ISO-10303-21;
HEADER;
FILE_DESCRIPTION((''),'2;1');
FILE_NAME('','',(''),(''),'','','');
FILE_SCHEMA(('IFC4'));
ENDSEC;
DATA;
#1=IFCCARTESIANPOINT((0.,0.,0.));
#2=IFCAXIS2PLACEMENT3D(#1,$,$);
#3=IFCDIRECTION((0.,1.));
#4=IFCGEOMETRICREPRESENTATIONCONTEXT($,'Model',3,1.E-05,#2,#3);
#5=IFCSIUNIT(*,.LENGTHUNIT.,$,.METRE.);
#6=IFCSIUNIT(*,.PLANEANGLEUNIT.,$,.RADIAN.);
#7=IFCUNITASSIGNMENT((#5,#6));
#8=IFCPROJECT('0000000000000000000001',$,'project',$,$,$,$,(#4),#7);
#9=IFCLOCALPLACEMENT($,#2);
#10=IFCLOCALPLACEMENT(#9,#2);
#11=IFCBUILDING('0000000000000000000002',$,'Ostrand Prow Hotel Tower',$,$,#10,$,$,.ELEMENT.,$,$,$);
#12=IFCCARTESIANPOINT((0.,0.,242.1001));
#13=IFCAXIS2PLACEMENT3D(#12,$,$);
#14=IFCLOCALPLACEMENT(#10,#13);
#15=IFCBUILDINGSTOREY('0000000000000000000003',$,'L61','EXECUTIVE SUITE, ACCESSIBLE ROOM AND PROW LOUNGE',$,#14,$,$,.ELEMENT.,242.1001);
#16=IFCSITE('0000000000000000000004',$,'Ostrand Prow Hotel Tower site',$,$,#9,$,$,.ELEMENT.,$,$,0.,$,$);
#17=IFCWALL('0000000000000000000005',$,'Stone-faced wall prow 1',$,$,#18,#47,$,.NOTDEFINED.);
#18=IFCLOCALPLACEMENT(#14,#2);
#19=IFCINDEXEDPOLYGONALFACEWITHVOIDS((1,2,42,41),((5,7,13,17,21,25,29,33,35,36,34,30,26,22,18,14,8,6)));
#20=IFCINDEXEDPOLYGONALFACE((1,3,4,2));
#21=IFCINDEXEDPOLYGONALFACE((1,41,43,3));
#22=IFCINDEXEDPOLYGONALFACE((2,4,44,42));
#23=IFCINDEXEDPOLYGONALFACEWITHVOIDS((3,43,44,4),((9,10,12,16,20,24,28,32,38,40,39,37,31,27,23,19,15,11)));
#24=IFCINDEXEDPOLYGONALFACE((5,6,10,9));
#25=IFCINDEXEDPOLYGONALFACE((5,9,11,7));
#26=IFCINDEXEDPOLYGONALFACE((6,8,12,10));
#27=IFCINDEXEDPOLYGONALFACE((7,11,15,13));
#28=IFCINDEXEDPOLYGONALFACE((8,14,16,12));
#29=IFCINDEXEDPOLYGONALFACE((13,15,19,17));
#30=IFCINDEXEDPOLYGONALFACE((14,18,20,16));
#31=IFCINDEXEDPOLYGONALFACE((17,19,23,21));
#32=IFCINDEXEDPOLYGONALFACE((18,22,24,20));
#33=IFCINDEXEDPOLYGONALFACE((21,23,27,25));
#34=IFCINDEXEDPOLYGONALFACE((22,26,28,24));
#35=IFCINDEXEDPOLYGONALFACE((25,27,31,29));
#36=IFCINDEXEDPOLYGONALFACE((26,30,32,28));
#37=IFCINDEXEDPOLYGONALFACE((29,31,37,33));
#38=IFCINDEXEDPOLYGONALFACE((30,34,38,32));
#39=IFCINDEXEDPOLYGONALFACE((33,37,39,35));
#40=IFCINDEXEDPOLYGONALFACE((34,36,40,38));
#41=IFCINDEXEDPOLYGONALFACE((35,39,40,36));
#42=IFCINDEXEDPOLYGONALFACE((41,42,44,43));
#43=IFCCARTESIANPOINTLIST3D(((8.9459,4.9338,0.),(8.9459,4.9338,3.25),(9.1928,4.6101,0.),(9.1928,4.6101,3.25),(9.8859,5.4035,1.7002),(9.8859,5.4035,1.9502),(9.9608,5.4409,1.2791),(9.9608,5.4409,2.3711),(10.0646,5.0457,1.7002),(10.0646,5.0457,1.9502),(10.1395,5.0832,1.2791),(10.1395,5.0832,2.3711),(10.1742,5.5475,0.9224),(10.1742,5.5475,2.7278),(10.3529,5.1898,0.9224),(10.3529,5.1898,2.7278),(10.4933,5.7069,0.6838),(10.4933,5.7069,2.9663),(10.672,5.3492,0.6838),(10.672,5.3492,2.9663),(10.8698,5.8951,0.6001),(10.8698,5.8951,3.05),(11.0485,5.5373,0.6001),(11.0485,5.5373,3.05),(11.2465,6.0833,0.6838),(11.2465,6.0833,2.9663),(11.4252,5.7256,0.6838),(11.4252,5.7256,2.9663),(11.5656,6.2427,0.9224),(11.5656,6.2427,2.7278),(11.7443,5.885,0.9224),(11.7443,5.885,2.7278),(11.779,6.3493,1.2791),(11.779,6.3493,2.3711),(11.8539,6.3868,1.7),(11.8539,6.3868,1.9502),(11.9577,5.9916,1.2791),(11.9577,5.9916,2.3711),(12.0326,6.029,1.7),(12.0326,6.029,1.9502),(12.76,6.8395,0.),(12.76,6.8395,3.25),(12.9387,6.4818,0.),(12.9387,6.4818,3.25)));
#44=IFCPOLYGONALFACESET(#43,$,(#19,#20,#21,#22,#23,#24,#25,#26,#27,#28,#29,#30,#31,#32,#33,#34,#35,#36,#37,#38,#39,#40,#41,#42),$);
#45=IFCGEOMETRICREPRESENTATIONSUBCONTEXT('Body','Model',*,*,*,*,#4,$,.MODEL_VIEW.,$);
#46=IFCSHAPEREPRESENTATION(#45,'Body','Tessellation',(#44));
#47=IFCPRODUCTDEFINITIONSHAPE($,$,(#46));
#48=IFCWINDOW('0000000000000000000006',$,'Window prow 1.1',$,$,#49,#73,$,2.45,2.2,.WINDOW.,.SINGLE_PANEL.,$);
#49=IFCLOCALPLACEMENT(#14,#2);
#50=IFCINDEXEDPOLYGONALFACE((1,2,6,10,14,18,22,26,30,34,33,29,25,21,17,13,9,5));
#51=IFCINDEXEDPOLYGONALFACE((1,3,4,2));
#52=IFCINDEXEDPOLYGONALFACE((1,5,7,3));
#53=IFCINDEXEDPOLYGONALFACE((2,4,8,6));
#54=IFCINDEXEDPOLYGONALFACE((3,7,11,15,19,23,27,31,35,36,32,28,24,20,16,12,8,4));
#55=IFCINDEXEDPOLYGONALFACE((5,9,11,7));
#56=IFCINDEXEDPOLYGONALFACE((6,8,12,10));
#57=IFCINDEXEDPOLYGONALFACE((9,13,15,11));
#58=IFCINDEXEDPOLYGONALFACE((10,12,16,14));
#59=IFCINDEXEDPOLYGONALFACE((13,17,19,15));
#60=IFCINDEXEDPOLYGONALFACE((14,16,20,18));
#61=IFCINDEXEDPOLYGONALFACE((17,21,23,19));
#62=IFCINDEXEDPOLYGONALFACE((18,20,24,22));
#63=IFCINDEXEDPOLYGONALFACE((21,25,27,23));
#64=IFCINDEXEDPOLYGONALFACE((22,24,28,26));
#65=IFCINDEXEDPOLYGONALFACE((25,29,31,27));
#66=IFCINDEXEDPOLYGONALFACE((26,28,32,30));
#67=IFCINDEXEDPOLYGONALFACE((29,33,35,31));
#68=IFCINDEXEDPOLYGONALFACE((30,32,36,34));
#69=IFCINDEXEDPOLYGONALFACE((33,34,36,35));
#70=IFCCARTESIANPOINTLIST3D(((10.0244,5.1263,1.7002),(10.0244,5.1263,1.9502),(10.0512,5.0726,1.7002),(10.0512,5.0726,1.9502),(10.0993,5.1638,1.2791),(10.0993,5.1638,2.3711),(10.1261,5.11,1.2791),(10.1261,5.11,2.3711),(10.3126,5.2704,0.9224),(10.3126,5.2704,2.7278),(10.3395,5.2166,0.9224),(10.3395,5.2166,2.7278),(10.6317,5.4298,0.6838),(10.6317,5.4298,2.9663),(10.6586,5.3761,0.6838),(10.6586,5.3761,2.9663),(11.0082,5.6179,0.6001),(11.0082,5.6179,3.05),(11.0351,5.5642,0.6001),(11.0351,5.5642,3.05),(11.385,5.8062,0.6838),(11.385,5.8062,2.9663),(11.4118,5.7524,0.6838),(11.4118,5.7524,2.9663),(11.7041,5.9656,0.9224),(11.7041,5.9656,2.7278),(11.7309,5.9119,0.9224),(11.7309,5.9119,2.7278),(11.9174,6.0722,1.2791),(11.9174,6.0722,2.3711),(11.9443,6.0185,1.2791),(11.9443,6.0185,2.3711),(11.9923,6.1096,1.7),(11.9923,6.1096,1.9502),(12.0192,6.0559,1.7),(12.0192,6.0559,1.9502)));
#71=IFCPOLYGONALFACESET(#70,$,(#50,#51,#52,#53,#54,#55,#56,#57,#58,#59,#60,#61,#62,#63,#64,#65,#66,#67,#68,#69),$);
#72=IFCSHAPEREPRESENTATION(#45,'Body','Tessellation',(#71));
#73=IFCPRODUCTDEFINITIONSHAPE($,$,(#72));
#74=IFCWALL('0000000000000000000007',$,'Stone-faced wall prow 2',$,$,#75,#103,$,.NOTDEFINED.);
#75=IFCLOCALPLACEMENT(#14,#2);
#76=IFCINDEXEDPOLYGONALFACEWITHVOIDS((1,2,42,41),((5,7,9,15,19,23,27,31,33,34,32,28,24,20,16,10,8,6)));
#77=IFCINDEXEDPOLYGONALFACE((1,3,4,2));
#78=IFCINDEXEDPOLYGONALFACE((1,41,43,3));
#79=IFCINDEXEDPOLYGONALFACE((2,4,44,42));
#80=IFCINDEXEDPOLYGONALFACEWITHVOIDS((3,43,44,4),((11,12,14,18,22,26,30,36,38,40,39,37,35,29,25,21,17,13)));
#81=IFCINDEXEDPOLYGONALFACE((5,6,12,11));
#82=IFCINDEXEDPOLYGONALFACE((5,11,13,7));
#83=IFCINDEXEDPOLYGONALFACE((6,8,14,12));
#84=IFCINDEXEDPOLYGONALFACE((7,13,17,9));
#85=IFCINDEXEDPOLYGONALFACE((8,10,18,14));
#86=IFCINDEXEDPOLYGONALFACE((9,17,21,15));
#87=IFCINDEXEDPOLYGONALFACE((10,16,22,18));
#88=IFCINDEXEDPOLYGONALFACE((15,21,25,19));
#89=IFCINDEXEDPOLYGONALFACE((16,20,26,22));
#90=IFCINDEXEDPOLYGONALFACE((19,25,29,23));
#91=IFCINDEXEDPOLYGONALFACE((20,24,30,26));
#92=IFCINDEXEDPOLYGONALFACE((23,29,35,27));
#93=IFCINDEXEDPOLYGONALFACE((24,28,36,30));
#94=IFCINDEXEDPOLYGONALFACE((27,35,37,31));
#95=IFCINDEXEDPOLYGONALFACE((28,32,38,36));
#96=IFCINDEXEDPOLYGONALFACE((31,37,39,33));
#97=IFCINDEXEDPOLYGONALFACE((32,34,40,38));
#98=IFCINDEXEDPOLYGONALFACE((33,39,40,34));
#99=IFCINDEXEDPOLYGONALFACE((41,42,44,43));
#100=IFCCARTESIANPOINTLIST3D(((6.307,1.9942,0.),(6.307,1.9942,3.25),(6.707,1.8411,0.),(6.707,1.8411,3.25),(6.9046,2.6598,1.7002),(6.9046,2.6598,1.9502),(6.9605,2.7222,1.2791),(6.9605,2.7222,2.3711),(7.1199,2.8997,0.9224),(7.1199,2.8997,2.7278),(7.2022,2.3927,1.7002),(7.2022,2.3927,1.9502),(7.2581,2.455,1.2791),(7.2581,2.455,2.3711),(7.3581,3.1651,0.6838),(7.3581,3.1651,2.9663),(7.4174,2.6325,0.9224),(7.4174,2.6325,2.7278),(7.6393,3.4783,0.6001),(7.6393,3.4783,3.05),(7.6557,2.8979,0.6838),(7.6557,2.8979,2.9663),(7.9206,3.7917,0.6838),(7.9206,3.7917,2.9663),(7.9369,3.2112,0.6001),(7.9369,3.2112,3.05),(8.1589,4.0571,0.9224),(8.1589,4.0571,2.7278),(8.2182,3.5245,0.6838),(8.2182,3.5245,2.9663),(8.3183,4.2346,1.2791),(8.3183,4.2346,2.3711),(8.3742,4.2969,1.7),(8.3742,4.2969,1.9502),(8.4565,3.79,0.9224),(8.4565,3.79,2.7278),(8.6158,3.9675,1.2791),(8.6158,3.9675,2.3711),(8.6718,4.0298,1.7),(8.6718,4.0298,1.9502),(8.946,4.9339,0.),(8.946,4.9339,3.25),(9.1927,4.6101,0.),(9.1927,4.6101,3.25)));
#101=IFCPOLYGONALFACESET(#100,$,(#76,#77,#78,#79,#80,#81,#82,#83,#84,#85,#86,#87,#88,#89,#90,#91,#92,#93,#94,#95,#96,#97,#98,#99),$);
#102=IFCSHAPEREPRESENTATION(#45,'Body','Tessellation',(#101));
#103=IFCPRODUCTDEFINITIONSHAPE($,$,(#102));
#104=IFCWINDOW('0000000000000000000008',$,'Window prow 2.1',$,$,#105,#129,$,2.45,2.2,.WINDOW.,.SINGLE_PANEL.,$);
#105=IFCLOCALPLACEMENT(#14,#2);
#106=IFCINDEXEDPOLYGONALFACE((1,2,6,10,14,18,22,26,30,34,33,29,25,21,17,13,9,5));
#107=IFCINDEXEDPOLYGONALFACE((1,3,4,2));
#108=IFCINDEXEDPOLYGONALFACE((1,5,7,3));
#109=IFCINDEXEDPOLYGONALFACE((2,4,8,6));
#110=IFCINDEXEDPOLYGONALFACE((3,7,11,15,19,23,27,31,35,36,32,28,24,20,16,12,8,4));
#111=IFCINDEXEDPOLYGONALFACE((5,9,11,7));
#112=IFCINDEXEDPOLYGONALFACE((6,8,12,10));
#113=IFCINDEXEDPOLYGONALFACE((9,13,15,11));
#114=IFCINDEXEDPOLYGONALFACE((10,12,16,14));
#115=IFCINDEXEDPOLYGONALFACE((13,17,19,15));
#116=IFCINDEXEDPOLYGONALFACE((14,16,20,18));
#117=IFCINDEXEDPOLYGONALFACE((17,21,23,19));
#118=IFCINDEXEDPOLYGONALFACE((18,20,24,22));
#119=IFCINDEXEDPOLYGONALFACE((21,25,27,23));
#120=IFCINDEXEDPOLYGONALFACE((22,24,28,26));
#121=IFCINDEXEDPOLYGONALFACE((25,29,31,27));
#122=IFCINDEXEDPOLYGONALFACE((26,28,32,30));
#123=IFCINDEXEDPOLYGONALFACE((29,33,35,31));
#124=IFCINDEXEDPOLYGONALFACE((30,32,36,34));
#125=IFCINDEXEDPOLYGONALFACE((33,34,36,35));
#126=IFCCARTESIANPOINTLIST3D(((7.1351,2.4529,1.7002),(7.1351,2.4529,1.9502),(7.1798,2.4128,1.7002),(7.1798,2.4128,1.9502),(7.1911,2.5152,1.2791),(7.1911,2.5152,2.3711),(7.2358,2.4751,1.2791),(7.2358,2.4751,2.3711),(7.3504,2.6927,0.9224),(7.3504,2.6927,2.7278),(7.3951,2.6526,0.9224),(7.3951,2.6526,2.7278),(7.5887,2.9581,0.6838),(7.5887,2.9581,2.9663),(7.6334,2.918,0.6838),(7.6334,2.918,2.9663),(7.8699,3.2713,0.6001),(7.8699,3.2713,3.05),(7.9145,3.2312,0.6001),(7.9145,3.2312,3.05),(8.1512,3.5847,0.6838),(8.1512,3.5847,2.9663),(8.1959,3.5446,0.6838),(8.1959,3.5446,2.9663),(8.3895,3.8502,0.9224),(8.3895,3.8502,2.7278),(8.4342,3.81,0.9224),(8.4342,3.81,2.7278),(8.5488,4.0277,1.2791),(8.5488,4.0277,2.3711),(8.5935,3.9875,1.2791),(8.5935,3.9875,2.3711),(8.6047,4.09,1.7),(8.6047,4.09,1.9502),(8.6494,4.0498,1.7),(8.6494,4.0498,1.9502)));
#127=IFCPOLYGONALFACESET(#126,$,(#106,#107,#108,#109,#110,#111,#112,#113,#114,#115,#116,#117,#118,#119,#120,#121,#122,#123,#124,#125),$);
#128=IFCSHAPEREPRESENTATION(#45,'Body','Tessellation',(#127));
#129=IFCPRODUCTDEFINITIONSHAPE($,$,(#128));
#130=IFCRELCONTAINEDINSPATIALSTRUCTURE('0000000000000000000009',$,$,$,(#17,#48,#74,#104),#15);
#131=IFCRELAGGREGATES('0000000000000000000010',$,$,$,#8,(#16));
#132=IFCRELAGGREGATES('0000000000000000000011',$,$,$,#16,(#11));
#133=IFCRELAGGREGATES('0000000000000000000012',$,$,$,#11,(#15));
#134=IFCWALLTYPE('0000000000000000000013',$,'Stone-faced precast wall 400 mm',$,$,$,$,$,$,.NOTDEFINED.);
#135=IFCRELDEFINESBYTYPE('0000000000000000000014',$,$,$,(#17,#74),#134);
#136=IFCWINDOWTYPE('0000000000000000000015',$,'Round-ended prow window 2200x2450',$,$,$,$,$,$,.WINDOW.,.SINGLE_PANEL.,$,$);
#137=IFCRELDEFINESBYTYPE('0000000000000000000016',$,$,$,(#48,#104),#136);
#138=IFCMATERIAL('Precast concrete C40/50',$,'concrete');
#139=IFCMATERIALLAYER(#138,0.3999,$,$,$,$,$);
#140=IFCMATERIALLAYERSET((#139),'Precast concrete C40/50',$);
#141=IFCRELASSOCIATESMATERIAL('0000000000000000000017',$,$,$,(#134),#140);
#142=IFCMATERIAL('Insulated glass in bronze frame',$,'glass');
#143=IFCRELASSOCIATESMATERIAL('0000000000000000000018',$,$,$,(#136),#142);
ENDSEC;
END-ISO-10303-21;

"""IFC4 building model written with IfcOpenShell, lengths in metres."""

from ifc_helpers import new_model, si_unit, direction, frame, origin, place, context, subcontext, project, spatial, polyline, outline, extrude, material, layer, layer_set, type_object, element, fill, save


model = new_model("IFC4")

# Units and contexts
model_context = context("Model", 3, precision=1e-05, world=origin(), true_north=direction((0.0, 1.0)))
body_context = subcontext(model_context, "Body", "Model", "MODEL_VIEW")
ifc_project = project(units=[si_unit("LENGTHUNIT", "METRE"), si_unit("PLANEANGLEUNIT", "RADIAN")], contexts=[model_context])

# Site, building, storey
site_placement = place(None, origin())
site = spatial("IfcSite", under=ifc_project, at=site_placement, Name="Ostrand Prow Hotel Tower site", CompositionType="ELEMENT", RefElevation=0.0)
building_placement = place(site_placement, origin())
building = spatial("IfcBuilding", under=site, at=building_placement, Name="Ostrand Prow Hotel Tower", CompositionType="ELEMENT")
storey_placement = place(building_placement, frame((0.0, 0.0, 242.1001)))
storey = spatial("IfcBuildingStorey", under=building, at=storey_placement, Name="L61", Description="EXECUTIVE SUITE, ACCESSIBLE ROOM AND PROW LOUNGE", CompositionType="ELEMENT", Elevation=242.1001)

# Walls, openings, windows
ifc_material_1 = material(Name="Precast concrete C40/50", Category="concrete")
ifc_layer_1 = layer(ifc_material_1, 0.3999)
ifc_layer_set_1 = layer_set([ifc_layer_1], Name="Precast concrete C40/50")
wall_type_1 = type_object("IfcWallType", Name="Stone-faced precast wall 400 mm", PredefinedType="NOTDEFINED", material=ifc_layer_set_1)
wall_1_placement = place(storey_placement, frame((12.8494, 6.6606, 0.0), z_axis=(0.0, 0.0, 1.0), x_axis=(-0.894554, -0.446959, 0.0)))
wall_1 = element("IfcWall", 1, at=wall_1_placement, inside=storey, type_object=wall_type_1, Name="Stone-faced wall prow 1", PredefinedType="NOTDEFINED", context=body_context, shape_type="SweptSolid", body=[
    extrude(outline(polyline([(0.0, -0.2), (4.2637, -0.2), (4.1875, 0.2), (0.0, 0.2), (0.0, -0.2)])), origin(), (0.0, 0.0, 1.0), 3.25),
])
opening_1_placement = place(wall_1_placement, frame((1.0129, 0.0, 0.6001)))
opening_1 = element("IfcOpeningElement", 2, at=opening_1_placement, cuts=wall_1, PredefinedType="OPENING", context=body_context, shape_type="SweptSolid", body=[
    extrude(outline(polyline([(0.0, 1.3501), (0.0837, 1.771), (0.3223, 2.1277), (0.679, 2.3662), (1.1001, 2.45), (1.521, 2.3662), (1.8777, 2.1277), (2.1162, 1.771), (2.2, 1.3501), (2.2, 1.1001), (2.1162, 0.679), (1.8777, 0.3223), (1.521, 0.0837), (1.1001, 0.0), (0.679, 0.0837), (0.3223, 0.3223), (0.0837, 0.679), (0.0, 1.0999), (0.0, 1.3501)])), frame((0.0, 0.21, 0.0), z_axis=(0.0, -1.0, 0.0), x_axis=(1.0, 0.0, 0.0)), (0.0, 0.0, 1.0), 0.4199),
])
ifc_material_2 = material(Name="Insulated glass in bronze frame", Category="glass")
window_type = type_object("IfcWindowType", Name="Round-ended prow window 2200x2450", PartitioningType="SINGLE_PANEL", PredefinedType="WINDOW", material=ifc_material_2)
window_1_placement = place(opening_1_placement, origin())
window_1 = element("IfcWindow", 3, at=window_1_placement, inside=storey, type_object=window_type, Name="Window prow 1.1", OverallHeight=2.45, OverallWidth=2.2, PartitioningType="SINGLE_PANEL", PredefinedType="WINDOW", context=body_context, shape_type="SweptSolid", body=[
    extrude(outline(polyline([(0.0, 1.3501), (0.0837, 1.771), (0.3223, 2.1277), (0.679, 2.3662), (1.1001, 2.45), (1.521, 2.3662), (1.8777, 2.1277), (2.1162, 1.771), (2.2, 1.3501), (2.2, 1.1001), (2.1162, 0.679), (1.8777, 0.3223), (1.521, 0.0837), (1.1001, 0.0), (0.679, 0.0837), (0.3223, 0.3223), (0.0837, 0.679), (0.0, 1.0999), (0.0, 1.3501)])), frame((0.0, 0.1699, 0.0), z_axis=(0.0, -1.0, 0.0), x_axis=(1.0, 0.0, 0.0)), (0.0, 0.0, 1.0), 0.0601),
])
fill(opening_1, window_1)
wall_2_placement = place(storey_placement, frame((9.0693, 4.772, 0.0), z_axis=(0.0, 0.0, 1.0), x_axis=(-0.668018, -0.744145, 0.0)))
wall_2 = element("IfcWall", 4, at=wall_2_placement, inside=storey, type_object=wall_type_1, Name="Stone-faced wall prow 2", PredefinedType="NOTDEFINED", context=body_context, shape_type="SweptSolid", body=[
    extrude(outline(polyline([(-0.0381, -0.2), (3.9124, -0.2), (3.759, 0.2), (0.0381, 0.2), (-0.0381, -0.2)])), origin(), (0.0, 0.0, 1.0), 3.25),
])
opening_2_placement = place(wall_2_placement, frame((0.8179, 0.0, 0.6001)))
opening_2 = element("IfcOpeningElement", 5, at=opening_2_placement, cuts=wall_2, PredefinedType="OPENING", context=body_context, shape_type="SweptSolid", body=[
    extrude(outline(polyline([(0.0, 1.3501), (0.0837, 1.771), (0.3223, 2.1277), (0.679, 2.3662), (1.1001, 2.45), (1.521, 2.3662), (1.8777, 2.1277), (2.1162, 1.771), (2.2, 1.3501), (2.2, 1.1001), (2.1162, 0.679), (1.8777, 0.3223), (1.521, 0.0837), (1.1001, 0.0), (0.679, 0.0837), (0.3223, 0.3223), (0.0837, 0.679), (0.0, 1.0999), (0.0, 1.3501)])), frame((0.0, 0.21, 0.0), z_axis=(0.0, -1.0, 0.0), x_axis=(1.0, 0.0, 0.0)), (0.0, 0.0, 1.0), 0.4199),
])
window_2_placement = place(opening_2_placement, origin())
window_2 = element("IfcWindow", 6, at=window_2_placement, inside=storey, type_object=window_type, Name="Window prow 2.1", OverallHeight=2.45, OverallWidth=2.2, PartitioningType="SINGLE_PANEL", PredefinedType="WINDOW", context=body_context, shape_type="SweptSolid", body=[
    extrude(outline(polyline([(0.0, 1.3501), (0.0837, 1.771), (0.3223, 2.1277), (0.679, 2.3662), (1.1001, 2.45), (1.521, 2.3662), (1.8777, 2.1277), (2.1162, 1.771), (2.2, 1.3501), (2.2, 1.1001), (2.1162, 0.679), (1.8777, 0.3223), (1.521, 0.0837), (1.1001, 0.0), (0.679, 0.0837), (0.3223, 0.3223), (0.0837, 0.679), (0.0, 1.0999), (0.0, 1.3501)])), frame((0.0, 0.1699, 0.0), z_axis=(0.0, -1.0, 0.0), x_axis=(1.0, 0.0, 0.0)), (0.0, 0.0, 1.0), 0.0601),
])
fill(opening_2, window_2)

save(model, "model.ifc")
